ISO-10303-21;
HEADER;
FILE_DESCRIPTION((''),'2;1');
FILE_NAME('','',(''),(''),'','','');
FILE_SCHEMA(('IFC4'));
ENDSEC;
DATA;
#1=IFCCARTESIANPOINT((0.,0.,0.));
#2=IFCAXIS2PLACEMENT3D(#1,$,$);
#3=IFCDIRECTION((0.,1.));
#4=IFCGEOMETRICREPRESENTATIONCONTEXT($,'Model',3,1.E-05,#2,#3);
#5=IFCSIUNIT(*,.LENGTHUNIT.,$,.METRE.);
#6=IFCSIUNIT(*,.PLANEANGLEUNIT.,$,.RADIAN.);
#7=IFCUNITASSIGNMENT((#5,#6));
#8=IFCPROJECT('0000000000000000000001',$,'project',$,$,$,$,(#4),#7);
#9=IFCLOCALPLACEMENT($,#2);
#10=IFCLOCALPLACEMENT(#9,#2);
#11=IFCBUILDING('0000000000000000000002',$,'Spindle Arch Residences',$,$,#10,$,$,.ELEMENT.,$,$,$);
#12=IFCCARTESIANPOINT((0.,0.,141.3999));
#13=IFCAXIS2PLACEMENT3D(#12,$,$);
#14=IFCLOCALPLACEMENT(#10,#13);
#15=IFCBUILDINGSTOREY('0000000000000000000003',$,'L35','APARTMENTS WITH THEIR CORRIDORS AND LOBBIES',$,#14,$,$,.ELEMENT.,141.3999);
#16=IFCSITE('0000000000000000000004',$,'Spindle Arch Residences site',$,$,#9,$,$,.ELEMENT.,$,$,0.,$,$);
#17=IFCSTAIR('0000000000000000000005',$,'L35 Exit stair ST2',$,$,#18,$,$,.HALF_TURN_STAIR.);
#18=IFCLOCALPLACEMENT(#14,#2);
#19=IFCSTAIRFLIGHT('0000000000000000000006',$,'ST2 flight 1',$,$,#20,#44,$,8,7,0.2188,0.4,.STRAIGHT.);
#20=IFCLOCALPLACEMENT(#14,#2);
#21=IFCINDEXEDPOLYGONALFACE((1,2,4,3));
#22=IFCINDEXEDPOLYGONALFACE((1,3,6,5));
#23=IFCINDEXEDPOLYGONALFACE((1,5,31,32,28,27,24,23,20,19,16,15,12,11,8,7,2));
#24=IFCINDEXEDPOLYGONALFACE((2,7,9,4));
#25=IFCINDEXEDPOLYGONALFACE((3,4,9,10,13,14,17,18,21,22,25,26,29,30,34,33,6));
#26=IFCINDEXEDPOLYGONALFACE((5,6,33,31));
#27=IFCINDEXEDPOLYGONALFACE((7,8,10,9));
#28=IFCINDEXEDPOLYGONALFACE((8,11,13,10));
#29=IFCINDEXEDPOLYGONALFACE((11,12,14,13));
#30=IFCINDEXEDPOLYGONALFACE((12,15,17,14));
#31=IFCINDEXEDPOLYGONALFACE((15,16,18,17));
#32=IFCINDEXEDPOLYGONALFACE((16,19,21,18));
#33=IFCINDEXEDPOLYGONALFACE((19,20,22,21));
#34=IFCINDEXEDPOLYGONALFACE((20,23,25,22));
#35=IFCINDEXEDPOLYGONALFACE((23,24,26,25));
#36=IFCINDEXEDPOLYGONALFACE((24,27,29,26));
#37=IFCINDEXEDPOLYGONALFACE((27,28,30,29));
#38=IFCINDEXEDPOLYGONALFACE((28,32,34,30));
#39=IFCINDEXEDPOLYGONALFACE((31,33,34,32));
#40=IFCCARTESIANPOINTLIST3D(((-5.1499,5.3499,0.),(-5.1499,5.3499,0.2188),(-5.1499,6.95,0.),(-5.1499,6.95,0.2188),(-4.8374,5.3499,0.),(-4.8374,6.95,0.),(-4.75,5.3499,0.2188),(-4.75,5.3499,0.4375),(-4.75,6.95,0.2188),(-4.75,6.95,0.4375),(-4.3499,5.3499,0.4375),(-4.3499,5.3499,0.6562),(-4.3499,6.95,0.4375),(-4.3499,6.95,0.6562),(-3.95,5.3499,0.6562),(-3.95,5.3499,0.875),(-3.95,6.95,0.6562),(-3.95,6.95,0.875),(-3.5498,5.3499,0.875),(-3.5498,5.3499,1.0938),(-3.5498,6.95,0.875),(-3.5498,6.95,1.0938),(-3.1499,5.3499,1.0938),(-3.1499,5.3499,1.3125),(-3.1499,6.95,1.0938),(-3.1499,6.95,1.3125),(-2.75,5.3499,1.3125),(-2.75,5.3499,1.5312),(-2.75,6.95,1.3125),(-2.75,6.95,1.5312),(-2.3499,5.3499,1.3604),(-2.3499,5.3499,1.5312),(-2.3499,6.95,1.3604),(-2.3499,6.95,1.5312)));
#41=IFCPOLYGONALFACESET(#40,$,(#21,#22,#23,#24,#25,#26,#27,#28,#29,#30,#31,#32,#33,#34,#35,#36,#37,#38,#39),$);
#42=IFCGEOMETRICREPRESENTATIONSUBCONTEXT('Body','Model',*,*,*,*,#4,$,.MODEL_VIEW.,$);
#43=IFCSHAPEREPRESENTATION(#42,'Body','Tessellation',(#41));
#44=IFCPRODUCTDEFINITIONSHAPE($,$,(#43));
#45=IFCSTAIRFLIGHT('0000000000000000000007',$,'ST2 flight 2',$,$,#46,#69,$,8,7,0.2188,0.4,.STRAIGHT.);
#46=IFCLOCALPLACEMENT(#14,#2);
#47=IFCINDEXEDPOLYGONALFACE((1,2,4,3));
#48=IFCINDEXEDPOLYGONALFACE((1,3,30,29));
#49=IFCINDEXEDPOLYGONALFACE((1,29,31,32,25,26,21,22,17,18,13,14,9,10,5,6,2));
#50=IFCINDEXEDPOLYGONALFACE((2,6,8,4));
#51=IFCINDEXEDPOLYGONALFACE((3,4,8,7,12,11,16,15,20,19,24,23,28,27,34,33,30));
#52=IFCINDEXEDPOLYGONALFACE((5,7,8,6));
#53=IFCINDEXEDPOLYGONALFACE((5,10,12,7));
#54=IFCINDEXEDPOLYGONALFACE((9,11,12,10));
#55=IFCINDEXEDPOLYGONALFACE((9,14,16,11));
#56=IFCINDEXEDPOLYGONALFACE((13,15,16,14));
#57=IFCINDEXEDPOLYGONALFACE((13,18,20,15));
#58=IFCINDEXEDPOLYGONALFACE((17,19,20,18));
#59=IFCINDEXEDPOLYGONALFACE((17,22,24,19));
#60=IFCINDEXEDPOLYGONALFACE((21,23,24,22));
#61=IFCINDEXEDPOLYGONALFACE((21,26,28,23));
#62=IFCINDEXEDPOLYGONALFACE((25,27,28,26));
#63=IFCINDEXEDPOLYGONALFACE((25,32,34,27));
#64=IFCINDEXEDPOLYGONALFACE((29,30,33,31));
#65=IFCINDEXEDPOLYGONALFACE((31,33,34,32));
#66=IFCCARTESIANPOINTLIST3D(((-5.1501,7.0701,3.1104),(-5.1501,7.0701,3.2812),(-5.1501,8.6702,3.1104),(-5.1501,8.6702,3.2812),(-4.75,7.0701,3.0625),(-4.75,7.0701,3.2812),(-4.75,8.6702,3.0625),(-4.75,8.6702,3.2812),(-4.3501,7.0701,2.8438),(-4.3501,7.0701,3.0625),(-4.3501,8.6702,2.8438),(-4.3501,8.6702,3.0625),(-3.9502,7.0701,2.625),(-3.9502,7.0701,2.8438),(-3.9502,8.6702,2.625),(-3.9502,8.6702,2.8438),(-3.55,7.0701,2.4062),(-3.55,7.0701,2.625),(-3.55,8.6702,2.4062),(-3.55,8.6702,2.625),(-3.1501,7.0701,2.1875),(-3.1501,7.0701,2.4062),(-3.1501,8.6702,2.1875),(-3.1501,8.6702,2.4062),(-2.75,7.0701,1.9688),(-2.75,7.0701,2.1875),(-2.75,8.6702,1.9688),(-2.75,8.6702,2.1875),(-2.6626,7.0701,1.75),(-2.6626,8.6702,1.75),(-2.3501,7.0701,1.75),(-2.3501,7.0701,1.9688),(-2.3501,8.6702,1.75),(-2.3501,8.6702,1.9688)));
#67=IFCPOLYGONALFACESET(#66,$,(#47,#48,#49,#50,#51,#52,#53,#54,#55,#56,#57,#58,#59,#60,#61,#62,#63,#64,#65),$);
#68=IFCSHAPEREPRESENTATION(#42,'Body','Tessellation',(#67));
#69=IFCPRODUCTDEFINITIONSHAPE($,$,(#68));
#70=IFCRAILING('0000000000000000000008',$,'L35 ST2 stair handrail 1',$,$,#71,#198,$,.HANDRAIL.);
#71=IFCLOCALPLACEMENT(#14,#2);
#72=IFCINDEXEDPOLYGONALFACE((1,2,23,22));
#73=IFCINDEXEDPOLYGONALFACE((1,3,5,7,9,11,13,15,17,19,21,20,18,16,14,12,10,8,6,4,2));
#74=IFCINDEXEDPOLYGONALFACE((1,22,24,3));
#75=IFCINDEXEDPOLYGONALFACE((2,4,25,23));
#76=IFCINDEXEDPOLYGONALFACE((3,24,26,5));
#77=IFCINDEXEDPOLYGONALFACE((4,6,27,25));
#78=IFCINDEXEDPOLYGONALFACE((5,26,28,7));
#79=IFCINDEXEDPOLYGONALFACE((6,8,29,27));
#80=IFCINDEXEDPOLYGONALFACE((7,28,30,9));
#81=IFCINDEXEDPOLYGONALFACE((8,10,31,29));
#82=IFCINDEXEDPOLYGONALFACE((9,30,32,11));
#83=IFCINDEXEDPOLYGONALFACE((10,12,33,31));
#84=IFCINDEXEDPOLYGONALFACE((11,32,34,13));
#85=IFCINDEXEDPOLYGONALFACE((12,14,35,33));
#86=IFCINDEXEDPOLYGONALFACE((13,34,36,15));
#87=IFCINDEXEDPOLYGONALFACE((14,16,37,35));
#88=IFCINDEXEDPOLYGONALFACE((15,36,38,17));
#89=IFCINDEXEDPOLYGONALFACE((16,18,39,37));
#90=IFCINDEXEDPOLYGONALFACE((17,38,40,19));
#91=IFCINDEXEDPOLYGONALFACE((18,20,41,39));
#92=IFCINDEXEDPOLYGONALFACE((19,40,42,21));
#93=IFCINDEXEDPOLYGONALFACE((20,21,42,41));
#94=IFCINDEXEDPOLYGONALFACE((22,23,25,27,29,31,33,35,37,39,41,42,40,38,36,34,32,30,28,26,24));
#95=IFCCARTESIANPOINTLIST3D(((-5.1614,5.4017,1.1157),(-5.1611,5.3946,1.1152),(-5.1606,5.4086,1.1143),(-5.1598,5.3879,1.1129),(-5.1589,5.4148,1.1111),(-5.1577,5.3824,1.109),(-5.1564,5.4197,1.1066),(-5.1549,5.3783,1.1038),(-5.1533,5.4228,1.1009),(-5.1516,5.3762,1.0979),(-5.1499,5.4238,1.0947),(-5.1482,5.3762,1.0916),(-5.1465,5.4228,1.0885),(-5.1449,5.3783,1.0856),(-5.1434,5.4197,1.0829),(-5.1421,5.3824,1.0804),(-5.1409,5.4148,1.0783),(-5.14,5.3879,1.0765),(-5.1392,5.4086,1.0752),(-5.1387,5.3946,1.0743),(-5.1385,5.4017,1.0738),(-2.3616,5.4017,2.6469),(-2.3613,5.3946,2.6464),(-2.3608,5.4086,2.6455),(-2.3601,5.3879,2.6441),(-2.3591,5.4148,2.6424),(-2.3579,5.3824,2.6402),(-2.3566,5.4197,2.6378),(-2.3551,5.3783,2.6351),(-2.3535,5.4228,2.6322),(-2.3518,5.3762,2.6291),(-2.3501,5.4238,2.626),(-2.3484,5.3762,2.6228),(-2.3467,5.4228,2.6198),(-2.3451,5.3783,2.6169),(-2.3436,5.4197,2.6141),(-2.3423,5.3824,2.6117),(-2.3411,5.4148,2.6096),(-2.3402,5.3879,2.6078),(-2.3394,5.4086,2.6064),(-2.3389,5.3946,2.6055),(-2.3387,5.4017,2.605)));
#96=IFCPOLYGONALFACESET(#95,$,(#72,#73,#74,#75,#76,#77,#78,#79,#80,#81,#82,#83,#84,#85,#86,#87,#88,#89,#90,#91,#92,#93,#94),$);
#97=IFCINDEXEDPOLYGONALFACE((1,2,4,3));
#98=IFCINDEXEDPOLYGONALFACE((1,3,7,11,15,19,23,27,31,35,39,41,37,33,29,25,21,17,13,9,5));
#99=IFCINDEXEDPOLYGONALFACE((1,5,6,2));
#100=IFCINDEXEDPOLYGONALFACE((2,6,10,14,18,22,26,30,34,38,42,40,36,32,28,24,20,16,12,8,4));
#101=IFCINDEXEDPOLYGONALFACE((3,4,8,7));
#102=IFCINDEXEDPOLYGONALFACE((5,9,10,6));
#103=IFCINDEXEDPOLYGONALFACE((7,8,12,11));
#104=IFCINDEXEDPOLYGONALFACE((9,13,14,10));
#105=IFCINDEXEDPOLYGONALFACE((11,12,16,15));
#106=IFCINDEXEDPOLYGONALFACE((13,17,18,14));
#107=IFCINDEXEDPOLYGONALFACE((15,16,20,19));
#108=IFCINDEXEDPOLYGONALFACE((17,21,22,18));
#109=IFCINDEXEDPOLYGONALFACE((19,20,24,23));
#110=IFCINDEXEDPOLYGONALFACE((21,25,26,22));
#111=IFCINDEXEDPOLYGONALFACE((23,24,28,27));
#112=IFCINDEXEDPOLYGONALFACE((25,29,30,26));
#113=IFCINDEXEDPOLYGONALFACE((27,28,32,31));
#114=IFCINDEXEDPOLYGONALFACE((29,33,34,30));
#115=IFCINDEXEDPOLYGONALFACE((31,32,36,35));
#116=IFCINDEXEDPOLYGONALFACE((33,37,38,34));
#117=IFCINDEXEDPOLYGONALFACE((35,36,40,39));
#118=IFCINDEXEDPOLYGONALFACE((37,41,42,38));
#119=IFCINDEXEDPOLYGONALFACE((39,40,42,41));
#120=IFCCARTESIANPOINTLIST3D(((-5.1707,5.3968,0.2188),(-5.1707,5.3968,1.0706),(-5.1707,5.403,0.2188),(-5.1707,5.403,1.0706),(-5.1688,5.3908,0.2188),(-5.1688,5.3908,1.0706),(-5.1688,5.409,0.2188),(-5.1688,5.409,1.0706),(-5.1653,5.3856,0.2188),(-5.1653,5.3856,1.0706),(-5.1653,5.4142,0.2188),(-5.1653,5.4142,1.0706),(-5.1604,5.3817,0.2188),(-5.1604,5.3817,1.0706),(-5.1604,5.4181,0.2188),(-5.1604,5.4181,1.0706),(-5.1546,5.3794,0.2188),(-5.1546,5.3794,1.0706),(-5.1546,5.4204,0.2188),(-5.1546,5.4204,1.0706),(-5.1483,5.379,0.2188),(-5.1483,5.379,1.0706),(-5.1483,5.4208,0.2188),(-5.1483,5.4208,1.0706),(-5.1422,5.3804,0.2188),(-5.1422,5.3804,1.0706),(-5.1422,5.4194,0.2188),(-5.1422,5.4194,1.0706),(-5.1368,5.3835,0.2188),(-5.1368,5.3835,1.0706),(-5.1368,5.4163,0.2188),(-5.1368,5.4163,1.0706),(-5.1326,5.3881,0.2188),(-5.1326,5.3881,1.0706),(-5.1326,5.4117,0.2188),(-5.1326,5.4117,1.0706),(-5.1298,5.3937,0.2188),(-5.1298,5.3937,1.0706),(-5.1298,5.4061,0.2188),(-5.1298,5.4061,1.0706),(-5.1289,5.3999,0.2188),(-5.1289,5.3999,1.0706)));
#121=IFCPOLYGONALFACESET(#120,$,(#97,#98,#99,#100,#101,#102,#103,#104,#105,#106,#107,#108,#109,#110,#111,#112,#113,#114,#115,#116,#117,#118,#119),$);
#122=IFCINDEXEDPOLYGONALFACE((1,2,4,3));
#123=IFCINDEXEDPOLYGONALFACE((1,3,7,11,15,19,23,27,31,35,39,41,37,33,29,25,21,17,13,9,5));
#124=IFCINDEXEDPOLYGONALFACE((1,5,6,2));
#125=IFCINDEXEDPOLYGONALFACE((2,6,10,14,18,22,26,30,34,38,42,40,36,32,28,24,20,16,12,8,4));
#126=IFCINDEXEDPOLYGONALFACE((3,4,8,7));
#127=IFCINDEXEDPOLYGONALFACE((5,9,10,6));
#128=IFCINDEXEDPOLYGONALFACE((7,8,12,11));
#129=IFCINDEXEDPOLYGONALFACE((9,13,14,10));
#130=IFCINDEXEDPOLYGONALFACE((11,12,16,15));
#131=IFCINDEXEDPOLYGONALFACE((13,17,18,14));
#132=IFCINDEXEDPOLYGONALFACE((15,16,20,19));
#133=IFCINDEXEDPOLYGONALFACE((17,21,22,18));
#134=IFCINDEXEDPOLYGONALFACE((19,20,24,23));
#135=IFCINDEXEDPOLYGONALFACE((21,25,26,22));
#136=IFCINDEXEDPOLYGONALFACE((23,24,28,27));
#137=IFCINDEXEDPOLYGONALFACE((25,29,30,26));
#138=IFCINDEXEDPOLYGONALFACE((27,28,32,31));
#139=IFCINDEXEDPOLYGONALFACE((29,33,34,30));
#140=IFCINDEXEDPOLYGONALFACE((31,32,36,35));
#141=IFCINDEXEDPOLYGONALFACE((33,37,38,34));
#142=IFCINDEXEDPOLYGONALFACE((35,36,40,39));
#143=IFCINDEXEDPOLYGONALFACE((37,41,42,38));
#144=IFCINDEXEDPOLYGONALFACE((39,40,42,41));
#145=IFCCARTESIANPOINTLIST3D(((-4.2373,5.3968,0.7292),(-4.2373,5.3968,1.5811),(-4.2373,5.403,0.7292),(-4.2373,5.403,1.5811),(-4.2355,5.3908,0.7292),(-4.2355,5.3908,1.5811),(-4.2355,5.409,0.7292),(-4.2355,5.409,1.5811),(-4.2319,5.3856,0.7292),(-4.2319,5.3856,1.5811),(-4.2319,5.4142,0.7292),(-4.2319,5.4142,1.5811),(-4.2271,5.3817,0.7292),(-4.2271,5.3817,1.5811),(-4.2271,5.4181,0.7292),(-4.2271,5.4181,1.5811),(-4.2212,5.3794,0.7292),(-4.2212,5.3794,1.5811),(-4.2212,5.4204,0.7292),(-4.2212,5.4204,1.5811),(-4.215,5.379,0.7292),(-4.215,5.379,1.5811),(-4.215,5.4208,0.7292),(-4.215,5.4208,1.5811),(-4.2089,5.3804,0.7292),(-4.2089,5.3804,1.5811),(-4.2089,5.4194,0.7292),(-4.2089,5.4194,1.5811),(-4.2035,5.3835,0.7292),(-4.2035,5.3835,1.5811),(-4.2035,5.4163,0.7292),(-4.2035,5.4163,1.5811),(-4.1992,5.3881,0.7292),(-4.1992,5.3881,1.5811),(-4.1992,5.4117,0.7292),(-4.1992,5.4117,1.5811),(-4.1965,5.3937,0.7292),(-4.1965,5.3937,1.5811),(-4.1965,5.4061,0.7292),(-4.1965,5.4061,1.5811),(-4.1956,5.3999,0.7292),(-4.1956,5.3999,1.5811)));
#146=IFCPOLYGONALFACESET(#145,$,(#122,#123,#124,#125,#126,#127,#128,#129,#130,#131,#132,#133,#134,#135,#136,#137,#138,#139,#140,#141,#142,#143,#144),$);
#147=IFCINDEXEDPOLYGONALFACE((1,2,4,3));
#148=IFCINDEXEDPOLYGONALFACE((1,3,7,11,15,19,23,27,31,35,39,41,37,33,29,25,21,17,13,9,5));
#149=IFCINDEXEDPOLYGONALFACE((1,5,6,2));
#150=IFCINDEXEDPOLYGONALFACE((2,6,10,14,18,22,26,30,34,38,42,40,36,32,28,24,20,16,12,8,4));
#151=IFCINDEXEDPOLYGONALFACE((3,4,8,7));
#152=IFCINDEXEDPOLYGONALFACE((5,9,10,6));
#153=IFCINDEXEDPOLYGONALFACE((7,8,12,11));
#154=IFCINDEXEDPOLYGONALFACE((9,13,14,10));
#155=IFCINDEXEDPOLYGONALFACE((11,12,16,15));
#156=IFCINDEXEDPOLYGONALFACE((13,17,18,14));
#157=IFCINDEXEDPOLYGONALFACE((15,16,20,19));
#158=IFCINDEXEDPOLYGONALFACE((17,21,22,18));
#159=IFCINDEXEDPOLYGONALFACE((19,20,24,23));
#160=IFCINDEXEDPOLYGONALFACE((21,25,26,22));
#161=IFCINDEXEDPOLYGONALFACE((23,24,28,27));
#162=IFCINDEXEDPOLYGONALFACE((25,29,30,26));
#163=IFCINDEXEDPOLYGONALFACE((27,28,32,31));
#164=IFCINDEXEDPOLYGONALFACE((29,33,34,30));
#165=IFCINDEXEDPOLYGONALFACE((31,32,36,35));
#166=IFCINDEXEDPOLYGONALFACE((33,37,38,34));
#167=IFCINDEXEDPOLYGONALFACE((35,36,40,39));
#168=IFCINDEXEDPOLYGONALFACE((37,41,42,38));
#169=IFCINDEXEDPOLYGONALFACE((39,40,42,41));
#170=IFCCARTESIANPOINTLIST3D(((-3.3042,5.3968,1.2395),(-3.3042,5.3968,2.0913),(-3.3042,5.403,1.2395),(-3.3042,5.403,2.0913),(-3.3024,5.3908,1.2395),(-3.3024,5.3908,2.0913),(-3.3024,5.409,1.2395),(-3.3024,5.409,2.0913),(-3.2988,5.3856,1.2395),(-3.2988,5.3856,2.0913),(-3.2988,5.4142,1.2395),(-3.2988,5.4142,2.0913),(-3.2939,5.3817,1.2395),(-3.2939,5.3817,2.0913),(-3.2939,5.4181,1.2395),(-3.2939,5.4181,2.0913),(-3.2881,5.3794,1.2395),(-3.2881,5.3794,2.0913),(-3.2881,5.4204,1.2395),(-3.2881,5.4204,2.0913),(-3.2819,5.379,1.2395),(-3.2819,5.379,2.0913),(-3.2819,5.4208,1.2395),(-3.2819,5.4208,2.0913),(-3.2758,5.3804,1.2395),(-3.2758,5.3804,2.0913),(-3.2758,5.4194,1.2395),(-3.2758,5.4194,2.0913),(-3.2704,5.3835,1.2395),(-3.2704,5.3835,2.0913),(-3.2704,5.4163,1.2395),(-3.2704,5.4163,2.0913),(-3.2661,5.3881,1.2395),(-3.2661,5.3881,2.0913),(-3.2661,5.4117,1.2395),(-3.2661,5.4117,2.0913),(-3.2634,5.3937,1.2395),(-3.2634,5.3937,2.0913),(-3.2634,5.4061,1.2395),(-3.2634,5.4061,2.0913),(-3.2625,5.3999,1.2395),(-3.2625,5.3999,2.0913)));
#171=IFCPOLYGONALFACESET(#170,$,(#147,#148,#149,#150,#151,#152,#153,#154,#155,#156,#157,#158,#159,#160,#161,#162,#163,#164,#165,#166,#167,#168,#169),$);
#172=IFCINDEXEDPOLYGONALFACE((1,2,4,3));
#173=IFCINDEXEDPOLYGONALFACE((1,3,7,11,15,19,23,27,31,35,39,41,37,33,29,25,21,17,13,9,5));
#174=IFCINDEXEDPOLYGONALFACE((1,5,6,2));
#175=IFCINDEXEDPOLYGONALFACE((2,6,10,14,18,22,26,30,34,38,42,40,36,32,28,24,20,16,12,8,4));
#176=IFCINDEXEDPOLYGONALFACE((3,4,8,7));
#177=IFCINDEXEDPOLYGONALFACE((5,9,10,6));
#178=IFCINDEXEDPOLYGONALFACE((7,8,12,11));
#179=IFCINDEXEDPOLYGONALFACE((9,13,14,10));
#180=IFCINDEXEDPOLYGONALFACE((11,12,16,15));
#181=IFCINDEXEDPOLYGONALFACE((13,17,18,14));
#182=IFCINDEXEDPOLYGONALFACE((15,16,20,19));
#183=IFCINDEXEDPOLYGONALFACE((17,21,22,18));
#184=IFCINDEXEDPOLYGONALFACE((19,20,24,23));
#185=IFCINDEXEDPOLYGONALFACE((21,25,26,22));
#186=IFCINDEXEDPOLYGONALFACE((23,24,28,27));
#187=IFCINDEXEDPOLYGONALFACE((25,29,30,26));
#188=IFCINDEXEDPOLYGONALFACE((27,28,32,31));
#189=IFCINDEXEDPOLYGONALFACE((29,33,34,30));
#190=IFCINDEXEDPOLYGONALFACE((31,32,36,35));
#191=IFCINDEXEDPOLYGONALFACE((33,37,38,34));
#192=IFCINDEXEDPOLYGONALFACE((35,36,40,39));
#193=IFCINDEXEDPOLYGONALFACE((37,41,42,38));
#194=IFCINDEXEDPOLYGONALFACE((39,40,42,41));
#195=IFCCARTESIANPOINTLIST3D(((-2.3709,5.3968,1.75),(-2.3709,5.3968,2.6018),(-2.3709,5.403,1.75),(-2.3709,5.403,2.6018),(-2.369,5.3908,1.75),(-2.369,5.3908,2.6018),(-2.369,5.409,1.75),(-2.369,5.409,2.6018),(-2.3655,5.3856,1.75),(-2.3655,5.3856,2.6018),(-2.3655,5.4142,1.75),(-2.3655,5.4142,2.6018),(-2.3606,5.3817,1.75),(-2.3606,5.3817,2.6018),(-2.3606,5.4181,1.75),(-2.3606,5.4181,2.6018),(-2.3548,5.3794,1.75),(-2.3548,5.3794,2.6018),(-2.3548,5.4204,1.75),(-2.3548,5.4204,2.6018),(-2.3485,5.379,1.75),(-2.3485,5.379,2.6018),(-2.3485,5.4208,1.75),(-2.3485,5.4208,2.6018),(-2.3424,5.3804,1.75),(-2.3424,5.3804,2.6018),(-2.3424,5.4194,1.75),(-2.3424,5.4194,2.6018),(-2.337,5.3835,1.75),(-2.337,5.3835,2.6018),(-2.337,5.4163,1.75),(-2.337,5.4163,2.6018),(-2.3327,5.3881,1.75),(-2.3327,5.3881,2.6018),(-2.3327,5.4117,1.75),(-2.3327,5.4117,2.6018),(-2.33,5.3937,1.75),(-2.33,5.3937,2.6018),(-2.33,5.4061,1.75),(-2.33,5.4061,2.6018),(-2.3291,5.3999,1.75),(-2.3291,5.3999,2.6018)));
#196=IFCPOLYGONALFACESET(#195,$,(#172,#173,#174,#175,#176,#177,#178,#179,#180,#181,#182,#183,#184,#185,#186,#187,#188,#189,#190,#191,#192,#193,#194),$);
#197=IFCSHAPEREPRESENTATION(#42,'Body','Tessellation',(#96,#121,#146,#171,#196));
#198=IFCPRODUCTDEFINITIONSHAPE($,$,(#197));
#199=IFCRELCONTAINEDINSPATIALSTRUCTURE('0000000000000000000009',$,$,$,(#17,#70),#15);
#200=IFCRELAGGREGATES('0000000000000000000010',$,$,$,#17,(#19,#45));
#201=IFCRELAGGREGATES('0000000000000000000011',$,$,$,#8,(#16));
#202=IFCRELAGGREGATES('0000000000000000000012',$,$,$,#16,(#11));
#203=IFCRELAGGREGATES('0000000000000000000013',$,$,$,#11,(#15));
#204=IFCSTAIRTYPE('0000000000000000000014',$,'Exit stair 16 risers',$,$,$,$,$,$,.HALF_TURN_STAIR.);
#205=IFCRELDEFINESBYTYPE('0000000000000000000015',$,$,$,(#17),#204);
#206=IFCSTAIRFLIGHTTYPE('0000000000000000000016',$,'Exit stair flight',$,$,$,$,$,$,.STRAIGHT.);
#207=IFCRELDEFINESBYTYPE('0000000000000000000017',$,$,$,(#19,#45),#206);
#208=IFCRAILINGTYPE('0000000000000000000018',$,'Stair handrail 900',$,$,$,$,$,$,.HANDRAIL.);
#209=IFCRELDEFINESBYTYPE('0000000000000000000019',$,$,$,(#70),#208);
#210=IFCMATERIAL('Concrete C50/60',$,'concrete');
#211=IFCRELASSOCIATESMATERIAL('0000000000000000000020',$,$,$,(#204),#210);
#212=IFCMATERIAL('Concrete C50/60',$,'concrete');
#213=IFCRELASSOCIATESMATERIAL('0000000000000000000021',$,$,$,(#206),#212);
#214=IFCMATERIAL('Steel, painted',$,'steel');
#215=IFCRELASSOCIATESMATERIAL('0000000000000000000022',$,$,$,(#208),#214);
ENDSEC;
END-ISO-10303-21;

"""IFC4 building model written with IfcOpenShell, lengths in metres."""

from ifc_helpers import new_model, si_unit, direction, frame, origin, origin_2d, place, context, subcontext, project, spatial, polyline, circle, outline, extrude, material, type_object, element, aggregate, save


model = new_model("IFC4")

# Units and contexts
model_context = context("Model", 3, precision=1e-05, world=origin(), true_north=direction((0.0, 1.0)))
body_context = subcontext(model_context, "Body", "Model", "MODEL_VIEW")
ifc_project = project(units=[si_unit("LENGTHUNIT", "METRE"), si_unit("PLANEANGLEUNIT", "RADIAN")], contexts=[model_context])

# Site, building, storey
site_placement = place(None, origin())
site = spatial("IfcSite", under=ifc_project, at=site_placement, Name="Spindle Arch Residences site", CompositionType="ELEMENT", RefElevation=0.0)
building_placement = place(site_placement, origin())
building = spatial("IfcBuilding", under=site, at=building_placement, Name="Spindle Arch Residences", CompositionType="ELEMENT")
storey_placement = place(building_placement, frame((0.0, 0.0, 141.3999)))
storey = spatial("IfcBuildingStorey", under=building, at=storey_placement, Name="L35", Description="APARTMENTS WITH THEIR CORRIDORS AND LOBBIES", CompositionType="ELEMENT", Elevation=141.3999)

# Stair, stair flights
ifc_material_1 = material(Name="Concrete C50/60", Category="concrete")
stair_type = type_object("IfcStairType", Name="Exit stair 16 risers", PredefinedType="HALF_TURN_STAIR", material=ifc_material_1)
stair_placement = place(storey_placement, origin())
stair = element("IfcStair", 1, at=stair_placement, inside=storey, type_object=stair_type, Name="L35 Exit stair ST2", PredefinedType="HALF_TURN_STAIR")
ifc_material_2 = material(Name="Concrete C50/60", Category="concrete")
stair_flight_type = type_object("IfcStairFlightType", Name="Exit stair flight", PredefinedType="STRAIGHT", material=ifc_material_2)
stair_flight_1_placement = place(storey_placement, frame((-5.1499, 6.1499, 0.0), z_axis=(0.0, 0.0, 1.0), x_axis=(1.0, 0.0, 0.0)))
stair_flight_1 = element("IfcStairFlight", 2, at=stair_flight_1_placement, type_object=stair_flight_type, Name="ST2 flight 1", NumberOfRisers=8, NumberOfTreads=7, PredefinedType="STRAIGHT", RiserHeight=0.2188, TreadLength=0.4, context=body_context, shape_type="SweptSolid", body=[
    extrude(outline(polyline([(0.0, 0.0), (0.0, 0.2188), (0.3999, 0.2188), (0.3999, 0.4375), (0.8, 0.4375), (0.8, 0.6562), (1.2, 0.6562), (1.2, 0.875), (1.6001, 0.875), (1.6001, 1.0938), (2.0, 1.0938), (2.0, 1.3125), (2.3999, 1.3125), (2.3999, 1.5312), (2.8, 1.5312), (2.8, 1.75), (2.8, 1.3604), (0.3125, 0.0), (0.0, 0.0)])), frame((0.0, 0.8, 0.0), z_axis=(0.0, -1.0, 0.0), x_axis=(1.0, 0.0, 0.0)), (0.0, 0.0, 1.0), 1.6001),
])
stair_flight_2_placement = place(storey_placement, frame((-2.3501, 7.8701, 1.75), z_axis=(0.0, 0.0, 1.0), x_axis=(-1.0, 0.0, 0.0)))
stair_flight_2 = element("IfcStairFlight", 3, at=stair_flight_2_placement, type_object=stair_flight_type, Name="ST2 flight 2", NumberOfRisers=8, NumberOfTreads=7, PredefinedType="STRAIGHT", RiserHeight=0.2188, TreadLength=0.4, context=body_context, shape_type="SweptSolid", body=[
    extrude(outline(polyline([(0.0, 0.0), (0.0, 0.2188), (0.3999, 0.2188), (0.3999, 0.4375), (0.8, 0.4375), (0.8, 0.6562), (1.2, 0.6562), (1.2, 0.875), (1.6001, 0.875), (1.6001, 1.0938), (2.0, 1.0938), (2.0, 1.3125), (2.3999, 1.3125), (2.3999, 1.5312), (2.8, 1.5312), (2.8, 1.75), (2.8, 1.3604), (0.3125, 0.0), (0.0, 0.0)])), frame((0.0, 0.8, 0.0), z_axis=(0.0, -1.0, 0.0), x_axis=(1.0, 0.0, 0.0)), (0.0, 0.0, 1.0), 1.6001),
])
aggregate(stair, [stair_flight_1, stair_flight_2])

# Railing
ifc_material_3 = material(Name="Steel, painted", Category="steel")
railing_type_1 = type_object("IfcRailingType", Name="Stair handrail 900", PredefinedType="HANDRAIL", material=ifc_material_3)
railing_1_placement = place(storey_placement, frame((-5.1499, 5.3999, 0.2188)))
element("IfcRailing", 4, at=railing_1_placement, inside=storey, type_object=railing_type_1, Name="L35 ST2 stair handrail 1", PredefinedType="HANDRAIL", context=body_context, shape_type="SweptSolid", body=[
    extrude(circle(Radius=0.0239, at=origin_2d()), frame((0.0, 0.0, 0.876), z_axis=(0.877357, 0.0, 0.479838), x_axis=(0.0, 1.0, 0.0)), (0.0, 0.0, 1.0), 3.1912),
    extrude(circle(Radius=0.021, at=origin_2d()), origin(), (0.0, 0.0, 1.0), 0.8518),
    extrude(circle(Radius=0.021, at=origin_2d()), frame((0.9333, 0.0, 0.5105)), (0.0, 0.0, 1.0), 0.8518),
    extrude(circle(Radius=0.021, at=origin_2d()), frame((1.8665, 0.0, 1.0208)), (0.0, 0.0, 1.0), 0.8518),
    extrude(circle(Radius=0.021, at=origin_2d()), frame((2.7998, 0.0, 1.5312)), (0.0, 0.0, 1.0), 0.8518),
])

save(model, "model.ifc")
